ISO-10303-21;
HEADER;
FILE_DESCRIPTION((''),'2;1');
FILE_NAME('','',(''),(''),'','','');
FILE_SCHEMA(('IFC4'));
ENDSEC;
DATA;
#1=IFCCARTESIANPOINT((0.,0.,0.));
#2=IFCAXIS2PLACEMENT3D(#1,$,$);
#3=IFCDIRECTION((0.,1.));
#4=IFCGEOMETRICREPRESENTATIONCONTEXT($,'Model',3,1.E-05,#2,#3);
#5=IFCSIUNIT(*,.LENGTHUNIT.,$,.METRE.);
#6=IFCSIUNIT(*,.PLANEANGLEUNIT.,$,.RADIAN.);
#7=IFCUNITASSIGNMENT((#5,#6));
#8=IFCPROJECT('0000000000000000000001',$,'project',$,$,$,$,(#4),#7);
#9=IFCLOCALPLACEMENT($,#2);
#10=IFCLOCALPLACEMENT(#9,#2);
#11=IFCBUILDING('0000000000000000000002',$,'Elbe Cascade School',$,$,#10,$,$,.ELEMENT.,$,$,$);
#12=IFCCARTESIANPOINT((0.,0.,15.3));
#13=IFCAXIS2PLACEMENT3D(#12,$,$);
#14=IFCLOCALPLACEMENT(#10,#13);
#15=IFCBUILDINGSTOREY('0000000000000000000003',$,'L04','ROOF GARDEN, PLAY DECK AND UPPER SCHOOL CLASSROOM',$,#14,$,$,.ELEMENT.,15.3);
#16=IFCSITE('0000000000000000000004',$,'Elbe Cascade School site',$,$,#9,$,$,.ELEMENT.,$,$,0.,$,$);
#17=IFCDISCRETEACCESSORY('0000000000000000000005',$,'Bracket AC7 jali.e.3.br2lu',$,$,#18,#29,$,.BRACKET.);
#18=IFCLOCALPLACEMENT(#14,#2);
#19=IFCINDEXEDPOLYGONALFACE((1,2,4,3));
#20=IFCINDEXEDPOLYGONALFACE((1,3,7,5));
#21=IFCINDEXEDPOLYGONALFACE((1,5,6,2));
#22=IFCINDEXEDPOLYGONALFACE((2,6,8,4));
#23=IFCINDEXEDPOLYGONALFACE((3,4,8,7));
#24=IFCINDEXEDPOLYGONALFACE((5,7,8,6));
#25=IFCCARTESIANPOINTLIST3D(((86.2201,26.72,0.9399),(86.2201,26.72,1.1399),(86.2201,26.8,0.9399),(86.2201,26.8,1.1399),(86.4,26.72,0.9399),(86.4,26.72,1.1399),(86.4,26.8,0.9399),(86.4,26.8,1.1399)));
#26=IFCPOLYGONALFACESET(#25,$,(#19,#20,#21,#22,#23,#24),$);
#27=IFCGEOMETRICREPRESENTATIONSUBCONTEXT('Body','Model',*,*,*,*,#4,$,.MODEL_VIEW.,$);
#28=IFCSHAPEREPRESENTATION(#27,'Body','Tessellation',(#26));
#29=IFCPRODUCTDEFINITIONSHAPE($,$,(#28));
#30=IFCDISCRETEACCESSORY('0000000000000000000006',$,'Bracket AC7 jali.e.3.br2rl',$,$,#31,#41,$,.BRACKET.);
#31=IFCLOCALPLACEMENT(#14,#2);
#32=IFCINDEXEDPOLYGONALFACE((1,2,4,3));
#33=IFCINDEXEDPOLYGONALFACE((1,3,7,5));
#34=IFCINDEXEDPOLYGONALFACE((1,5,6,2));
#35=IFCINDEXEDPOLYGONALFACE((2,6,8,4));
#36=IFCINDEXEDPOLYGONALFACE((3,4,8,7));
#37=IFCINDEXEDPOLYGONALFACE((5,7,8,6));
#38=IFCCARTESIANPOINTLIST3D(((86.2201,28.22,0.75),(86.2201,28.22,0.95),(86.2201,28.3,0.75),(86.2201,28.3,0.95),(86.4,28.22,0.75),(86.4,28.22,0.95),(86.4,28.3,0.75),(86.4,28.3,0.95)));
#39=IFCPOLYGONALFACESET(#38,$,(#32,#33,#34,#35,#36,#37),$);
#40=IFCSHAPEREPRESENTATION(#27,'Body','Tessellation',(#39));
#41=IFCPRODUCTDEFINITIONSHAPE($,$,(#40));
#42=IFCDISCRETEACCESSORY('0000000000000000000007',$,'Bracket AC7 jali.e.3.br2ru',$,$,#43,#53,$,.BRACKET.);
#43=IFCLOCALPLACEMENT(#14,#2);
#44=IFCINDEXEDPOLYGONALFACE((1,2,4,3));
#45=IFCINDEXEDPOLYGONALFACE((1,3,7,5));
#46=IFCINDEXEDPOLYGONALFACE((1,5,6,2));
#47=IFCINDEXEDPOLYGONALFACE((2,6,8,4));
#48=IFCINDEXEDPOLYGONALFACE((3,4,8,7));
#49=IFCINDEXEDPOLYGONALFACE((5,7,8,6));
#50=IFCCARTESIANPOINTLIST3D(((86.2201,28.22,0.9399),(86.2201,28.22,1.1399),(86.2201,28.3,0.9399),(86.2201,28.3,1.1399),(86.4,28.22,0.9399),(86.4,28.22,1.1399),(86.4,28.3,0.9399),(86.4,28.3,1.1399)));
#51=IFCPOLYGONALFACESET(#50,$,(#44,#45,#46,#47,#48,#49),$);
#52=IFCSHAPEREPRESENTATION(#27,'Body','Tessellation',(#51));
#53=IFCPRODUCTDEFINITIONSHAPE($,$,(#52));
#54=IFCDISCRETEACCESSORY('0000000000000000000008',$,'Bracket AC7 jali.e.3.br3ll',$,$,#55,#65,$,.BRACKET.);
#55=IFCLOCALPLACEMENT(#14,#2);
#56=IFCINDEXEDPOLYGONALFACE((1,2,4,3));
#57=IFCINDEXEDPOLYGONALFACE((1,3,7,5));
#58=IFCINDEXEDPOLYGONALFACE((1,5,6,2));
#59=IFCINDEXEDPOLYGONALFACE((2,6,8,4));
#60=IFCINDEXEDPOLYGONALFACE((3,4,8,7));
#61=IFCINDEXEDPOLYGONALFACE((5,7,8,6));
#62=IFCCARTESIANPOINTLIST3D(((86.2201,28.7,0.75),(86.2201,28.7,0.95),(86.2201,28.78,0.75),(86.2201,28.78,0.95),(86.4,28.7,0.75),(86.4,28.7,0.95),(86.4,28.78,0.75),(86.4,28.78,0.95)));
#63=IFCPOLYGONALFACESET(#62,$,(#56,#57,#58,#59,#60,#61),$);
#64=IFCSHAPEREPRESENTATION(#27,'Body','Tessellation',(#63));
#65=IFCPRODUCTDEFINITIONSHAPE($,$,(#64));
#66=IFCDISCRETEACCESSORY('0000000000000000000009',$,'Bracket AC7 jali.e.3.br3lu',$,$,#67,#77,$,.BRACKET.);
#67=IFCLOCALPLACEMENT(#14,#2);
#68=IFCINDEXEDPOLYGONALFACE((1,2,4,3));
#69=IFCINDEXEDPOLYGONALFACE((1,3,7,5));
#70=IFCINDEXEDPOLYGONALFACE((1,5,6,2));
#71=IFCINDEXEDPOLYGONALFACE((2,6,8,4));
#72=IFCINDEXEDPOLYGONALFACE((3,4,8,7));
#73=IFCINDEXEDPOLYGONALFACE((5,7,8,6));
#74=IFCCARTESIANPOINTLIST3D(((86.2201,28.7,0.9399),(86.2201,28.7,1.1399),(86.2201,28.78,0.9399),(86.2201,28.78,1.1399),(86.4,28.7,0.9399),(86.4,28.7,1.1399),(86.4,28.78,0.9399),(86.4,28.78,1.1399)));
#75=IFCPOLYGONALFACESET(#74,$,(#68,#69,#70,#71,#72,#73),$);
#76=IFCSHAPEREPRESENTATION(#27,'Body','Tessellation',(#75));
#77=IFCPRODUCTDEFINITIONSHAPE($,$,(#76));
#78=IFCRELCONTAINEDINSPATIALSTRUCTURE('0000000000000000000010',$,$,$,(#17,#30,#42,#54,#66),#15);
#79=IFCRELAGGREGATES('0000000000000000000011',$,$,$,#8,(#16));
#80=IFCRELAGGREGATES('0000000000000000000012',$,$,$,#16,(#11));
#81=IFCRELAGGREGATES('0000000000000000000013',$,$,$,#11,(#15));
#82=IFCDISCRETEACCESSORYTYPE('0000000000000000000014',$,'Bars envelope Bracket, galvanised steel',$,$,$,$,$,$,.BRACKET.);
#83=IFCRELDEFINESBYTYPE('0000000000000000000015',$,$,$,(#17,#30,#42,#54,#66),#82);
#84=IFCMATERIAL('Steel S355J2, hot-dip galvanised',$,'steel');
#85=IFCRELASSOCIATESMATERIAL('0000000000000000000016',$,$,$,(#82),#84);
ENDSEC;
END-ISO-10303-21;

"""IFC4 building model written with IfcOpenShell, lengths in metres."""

from ifc_helpers import new_model, si_unit, direction, frame, origin, origin_2d, place, context, subcontext, project, spatial, rectangle, extrude, material, type_object, element, save


model = new_model("IFC4")

# Units and contexts
model_context = context("Model", 3, precision=1e-05, world=origin(), true_north=direction((0.0, 1.0)))
body_context = subcontext(model_context, "Body", "Model", "MODEL_VIEW")
ifc_project = project(units=[si_unit("LENGTHUNIT", "METRE"), si_unit("PLANEANGLEUNIT", "RADIAN")], contexts=[model_context])

# Site, building, storey
site_placement = place(None, origin())
site = spatial("IfcSite", under=ifc_project, at=site_placement, Name="Elbe Cascade School site", CompositionType="ELEMENT", RefElevation=0.0)
building_placement = place(site_placement, origin())
building = spatial("IfcBuilding", under=site, at=building_placement, Name="Elbe Cascade School", CompositionType="ELEMENT")
storey_placement = place(building_placement, frame((0.0, 0.0, 15.3)))
storey = spatial("IfcBuildingStorey", under=building, at=storey_placement, Name="L04", Description="ROOF GARDEN, PLAY DECK AND UPPER SCHOOL CLASSROOM", CompositionType="ELEMENT", Elevation=15.3)

# Discrete accessories
ifc_material_1 = material(Name="Steel S355J2, hot-dip galvanised", Category="steel")
discrete_accessory_type = type_object("IfcDiscreteAccessoryType", Name="Bars envelope Bracket, galvanised steel", PredefinedType="BRACKET", material=ifc_material_1)
for number, where, z_axis, x_axis, name in (
    (1, (86.3101, 26.76, 0.9399), (0.0, 0.0, 1.0), (0.0, 1.0, 0.0), "Bracket AC7 jali.e.3.br2lu"),
    (2, (86.3101, 28.26, 0.75), (0.0, 0.0, 1.0), (0.0, 1.0, 0.0), "Bracket AC7 jali.e.3.br2rl"),
    (3, (86.3101, 28.26, 0.9399), (0.0, 0.0, 1.0), (0.0, 1.0, 0.0), "Bracket AC7 jali.e.3.br2ru"),
    (4, (86.3101, 28.74, 0.75), (0.0, 0.0, 1.0), (0.0, 1.0, 0.0), "Bracket AC7 jali.e.3.br3ll"),
    (5, (86.3101, 28.74, 0.9399), (0.0, 0.0, 1.0), (0.0, 1.0, 0.0), "Bracket AC7 jali.e.3.br3lu"),
):
    element("IfcDiscreteAccessory", number, at=place(storey_placement, frame(where, z_axis=z_axis, x_axis=x_axis)), inside=storey, type_object=discrete_accessory_type, Name=name, PredefinedType="BRACKET", context=body_context, shape_type="SweptSolid", body=[
        extrude(rectangle(XDim=0.0801, YDim=0.1799, at=origin_2d()), origin(), (0.0, 0.0, 1.0), 0.2),
    ])

save(model, "model.ifc")
